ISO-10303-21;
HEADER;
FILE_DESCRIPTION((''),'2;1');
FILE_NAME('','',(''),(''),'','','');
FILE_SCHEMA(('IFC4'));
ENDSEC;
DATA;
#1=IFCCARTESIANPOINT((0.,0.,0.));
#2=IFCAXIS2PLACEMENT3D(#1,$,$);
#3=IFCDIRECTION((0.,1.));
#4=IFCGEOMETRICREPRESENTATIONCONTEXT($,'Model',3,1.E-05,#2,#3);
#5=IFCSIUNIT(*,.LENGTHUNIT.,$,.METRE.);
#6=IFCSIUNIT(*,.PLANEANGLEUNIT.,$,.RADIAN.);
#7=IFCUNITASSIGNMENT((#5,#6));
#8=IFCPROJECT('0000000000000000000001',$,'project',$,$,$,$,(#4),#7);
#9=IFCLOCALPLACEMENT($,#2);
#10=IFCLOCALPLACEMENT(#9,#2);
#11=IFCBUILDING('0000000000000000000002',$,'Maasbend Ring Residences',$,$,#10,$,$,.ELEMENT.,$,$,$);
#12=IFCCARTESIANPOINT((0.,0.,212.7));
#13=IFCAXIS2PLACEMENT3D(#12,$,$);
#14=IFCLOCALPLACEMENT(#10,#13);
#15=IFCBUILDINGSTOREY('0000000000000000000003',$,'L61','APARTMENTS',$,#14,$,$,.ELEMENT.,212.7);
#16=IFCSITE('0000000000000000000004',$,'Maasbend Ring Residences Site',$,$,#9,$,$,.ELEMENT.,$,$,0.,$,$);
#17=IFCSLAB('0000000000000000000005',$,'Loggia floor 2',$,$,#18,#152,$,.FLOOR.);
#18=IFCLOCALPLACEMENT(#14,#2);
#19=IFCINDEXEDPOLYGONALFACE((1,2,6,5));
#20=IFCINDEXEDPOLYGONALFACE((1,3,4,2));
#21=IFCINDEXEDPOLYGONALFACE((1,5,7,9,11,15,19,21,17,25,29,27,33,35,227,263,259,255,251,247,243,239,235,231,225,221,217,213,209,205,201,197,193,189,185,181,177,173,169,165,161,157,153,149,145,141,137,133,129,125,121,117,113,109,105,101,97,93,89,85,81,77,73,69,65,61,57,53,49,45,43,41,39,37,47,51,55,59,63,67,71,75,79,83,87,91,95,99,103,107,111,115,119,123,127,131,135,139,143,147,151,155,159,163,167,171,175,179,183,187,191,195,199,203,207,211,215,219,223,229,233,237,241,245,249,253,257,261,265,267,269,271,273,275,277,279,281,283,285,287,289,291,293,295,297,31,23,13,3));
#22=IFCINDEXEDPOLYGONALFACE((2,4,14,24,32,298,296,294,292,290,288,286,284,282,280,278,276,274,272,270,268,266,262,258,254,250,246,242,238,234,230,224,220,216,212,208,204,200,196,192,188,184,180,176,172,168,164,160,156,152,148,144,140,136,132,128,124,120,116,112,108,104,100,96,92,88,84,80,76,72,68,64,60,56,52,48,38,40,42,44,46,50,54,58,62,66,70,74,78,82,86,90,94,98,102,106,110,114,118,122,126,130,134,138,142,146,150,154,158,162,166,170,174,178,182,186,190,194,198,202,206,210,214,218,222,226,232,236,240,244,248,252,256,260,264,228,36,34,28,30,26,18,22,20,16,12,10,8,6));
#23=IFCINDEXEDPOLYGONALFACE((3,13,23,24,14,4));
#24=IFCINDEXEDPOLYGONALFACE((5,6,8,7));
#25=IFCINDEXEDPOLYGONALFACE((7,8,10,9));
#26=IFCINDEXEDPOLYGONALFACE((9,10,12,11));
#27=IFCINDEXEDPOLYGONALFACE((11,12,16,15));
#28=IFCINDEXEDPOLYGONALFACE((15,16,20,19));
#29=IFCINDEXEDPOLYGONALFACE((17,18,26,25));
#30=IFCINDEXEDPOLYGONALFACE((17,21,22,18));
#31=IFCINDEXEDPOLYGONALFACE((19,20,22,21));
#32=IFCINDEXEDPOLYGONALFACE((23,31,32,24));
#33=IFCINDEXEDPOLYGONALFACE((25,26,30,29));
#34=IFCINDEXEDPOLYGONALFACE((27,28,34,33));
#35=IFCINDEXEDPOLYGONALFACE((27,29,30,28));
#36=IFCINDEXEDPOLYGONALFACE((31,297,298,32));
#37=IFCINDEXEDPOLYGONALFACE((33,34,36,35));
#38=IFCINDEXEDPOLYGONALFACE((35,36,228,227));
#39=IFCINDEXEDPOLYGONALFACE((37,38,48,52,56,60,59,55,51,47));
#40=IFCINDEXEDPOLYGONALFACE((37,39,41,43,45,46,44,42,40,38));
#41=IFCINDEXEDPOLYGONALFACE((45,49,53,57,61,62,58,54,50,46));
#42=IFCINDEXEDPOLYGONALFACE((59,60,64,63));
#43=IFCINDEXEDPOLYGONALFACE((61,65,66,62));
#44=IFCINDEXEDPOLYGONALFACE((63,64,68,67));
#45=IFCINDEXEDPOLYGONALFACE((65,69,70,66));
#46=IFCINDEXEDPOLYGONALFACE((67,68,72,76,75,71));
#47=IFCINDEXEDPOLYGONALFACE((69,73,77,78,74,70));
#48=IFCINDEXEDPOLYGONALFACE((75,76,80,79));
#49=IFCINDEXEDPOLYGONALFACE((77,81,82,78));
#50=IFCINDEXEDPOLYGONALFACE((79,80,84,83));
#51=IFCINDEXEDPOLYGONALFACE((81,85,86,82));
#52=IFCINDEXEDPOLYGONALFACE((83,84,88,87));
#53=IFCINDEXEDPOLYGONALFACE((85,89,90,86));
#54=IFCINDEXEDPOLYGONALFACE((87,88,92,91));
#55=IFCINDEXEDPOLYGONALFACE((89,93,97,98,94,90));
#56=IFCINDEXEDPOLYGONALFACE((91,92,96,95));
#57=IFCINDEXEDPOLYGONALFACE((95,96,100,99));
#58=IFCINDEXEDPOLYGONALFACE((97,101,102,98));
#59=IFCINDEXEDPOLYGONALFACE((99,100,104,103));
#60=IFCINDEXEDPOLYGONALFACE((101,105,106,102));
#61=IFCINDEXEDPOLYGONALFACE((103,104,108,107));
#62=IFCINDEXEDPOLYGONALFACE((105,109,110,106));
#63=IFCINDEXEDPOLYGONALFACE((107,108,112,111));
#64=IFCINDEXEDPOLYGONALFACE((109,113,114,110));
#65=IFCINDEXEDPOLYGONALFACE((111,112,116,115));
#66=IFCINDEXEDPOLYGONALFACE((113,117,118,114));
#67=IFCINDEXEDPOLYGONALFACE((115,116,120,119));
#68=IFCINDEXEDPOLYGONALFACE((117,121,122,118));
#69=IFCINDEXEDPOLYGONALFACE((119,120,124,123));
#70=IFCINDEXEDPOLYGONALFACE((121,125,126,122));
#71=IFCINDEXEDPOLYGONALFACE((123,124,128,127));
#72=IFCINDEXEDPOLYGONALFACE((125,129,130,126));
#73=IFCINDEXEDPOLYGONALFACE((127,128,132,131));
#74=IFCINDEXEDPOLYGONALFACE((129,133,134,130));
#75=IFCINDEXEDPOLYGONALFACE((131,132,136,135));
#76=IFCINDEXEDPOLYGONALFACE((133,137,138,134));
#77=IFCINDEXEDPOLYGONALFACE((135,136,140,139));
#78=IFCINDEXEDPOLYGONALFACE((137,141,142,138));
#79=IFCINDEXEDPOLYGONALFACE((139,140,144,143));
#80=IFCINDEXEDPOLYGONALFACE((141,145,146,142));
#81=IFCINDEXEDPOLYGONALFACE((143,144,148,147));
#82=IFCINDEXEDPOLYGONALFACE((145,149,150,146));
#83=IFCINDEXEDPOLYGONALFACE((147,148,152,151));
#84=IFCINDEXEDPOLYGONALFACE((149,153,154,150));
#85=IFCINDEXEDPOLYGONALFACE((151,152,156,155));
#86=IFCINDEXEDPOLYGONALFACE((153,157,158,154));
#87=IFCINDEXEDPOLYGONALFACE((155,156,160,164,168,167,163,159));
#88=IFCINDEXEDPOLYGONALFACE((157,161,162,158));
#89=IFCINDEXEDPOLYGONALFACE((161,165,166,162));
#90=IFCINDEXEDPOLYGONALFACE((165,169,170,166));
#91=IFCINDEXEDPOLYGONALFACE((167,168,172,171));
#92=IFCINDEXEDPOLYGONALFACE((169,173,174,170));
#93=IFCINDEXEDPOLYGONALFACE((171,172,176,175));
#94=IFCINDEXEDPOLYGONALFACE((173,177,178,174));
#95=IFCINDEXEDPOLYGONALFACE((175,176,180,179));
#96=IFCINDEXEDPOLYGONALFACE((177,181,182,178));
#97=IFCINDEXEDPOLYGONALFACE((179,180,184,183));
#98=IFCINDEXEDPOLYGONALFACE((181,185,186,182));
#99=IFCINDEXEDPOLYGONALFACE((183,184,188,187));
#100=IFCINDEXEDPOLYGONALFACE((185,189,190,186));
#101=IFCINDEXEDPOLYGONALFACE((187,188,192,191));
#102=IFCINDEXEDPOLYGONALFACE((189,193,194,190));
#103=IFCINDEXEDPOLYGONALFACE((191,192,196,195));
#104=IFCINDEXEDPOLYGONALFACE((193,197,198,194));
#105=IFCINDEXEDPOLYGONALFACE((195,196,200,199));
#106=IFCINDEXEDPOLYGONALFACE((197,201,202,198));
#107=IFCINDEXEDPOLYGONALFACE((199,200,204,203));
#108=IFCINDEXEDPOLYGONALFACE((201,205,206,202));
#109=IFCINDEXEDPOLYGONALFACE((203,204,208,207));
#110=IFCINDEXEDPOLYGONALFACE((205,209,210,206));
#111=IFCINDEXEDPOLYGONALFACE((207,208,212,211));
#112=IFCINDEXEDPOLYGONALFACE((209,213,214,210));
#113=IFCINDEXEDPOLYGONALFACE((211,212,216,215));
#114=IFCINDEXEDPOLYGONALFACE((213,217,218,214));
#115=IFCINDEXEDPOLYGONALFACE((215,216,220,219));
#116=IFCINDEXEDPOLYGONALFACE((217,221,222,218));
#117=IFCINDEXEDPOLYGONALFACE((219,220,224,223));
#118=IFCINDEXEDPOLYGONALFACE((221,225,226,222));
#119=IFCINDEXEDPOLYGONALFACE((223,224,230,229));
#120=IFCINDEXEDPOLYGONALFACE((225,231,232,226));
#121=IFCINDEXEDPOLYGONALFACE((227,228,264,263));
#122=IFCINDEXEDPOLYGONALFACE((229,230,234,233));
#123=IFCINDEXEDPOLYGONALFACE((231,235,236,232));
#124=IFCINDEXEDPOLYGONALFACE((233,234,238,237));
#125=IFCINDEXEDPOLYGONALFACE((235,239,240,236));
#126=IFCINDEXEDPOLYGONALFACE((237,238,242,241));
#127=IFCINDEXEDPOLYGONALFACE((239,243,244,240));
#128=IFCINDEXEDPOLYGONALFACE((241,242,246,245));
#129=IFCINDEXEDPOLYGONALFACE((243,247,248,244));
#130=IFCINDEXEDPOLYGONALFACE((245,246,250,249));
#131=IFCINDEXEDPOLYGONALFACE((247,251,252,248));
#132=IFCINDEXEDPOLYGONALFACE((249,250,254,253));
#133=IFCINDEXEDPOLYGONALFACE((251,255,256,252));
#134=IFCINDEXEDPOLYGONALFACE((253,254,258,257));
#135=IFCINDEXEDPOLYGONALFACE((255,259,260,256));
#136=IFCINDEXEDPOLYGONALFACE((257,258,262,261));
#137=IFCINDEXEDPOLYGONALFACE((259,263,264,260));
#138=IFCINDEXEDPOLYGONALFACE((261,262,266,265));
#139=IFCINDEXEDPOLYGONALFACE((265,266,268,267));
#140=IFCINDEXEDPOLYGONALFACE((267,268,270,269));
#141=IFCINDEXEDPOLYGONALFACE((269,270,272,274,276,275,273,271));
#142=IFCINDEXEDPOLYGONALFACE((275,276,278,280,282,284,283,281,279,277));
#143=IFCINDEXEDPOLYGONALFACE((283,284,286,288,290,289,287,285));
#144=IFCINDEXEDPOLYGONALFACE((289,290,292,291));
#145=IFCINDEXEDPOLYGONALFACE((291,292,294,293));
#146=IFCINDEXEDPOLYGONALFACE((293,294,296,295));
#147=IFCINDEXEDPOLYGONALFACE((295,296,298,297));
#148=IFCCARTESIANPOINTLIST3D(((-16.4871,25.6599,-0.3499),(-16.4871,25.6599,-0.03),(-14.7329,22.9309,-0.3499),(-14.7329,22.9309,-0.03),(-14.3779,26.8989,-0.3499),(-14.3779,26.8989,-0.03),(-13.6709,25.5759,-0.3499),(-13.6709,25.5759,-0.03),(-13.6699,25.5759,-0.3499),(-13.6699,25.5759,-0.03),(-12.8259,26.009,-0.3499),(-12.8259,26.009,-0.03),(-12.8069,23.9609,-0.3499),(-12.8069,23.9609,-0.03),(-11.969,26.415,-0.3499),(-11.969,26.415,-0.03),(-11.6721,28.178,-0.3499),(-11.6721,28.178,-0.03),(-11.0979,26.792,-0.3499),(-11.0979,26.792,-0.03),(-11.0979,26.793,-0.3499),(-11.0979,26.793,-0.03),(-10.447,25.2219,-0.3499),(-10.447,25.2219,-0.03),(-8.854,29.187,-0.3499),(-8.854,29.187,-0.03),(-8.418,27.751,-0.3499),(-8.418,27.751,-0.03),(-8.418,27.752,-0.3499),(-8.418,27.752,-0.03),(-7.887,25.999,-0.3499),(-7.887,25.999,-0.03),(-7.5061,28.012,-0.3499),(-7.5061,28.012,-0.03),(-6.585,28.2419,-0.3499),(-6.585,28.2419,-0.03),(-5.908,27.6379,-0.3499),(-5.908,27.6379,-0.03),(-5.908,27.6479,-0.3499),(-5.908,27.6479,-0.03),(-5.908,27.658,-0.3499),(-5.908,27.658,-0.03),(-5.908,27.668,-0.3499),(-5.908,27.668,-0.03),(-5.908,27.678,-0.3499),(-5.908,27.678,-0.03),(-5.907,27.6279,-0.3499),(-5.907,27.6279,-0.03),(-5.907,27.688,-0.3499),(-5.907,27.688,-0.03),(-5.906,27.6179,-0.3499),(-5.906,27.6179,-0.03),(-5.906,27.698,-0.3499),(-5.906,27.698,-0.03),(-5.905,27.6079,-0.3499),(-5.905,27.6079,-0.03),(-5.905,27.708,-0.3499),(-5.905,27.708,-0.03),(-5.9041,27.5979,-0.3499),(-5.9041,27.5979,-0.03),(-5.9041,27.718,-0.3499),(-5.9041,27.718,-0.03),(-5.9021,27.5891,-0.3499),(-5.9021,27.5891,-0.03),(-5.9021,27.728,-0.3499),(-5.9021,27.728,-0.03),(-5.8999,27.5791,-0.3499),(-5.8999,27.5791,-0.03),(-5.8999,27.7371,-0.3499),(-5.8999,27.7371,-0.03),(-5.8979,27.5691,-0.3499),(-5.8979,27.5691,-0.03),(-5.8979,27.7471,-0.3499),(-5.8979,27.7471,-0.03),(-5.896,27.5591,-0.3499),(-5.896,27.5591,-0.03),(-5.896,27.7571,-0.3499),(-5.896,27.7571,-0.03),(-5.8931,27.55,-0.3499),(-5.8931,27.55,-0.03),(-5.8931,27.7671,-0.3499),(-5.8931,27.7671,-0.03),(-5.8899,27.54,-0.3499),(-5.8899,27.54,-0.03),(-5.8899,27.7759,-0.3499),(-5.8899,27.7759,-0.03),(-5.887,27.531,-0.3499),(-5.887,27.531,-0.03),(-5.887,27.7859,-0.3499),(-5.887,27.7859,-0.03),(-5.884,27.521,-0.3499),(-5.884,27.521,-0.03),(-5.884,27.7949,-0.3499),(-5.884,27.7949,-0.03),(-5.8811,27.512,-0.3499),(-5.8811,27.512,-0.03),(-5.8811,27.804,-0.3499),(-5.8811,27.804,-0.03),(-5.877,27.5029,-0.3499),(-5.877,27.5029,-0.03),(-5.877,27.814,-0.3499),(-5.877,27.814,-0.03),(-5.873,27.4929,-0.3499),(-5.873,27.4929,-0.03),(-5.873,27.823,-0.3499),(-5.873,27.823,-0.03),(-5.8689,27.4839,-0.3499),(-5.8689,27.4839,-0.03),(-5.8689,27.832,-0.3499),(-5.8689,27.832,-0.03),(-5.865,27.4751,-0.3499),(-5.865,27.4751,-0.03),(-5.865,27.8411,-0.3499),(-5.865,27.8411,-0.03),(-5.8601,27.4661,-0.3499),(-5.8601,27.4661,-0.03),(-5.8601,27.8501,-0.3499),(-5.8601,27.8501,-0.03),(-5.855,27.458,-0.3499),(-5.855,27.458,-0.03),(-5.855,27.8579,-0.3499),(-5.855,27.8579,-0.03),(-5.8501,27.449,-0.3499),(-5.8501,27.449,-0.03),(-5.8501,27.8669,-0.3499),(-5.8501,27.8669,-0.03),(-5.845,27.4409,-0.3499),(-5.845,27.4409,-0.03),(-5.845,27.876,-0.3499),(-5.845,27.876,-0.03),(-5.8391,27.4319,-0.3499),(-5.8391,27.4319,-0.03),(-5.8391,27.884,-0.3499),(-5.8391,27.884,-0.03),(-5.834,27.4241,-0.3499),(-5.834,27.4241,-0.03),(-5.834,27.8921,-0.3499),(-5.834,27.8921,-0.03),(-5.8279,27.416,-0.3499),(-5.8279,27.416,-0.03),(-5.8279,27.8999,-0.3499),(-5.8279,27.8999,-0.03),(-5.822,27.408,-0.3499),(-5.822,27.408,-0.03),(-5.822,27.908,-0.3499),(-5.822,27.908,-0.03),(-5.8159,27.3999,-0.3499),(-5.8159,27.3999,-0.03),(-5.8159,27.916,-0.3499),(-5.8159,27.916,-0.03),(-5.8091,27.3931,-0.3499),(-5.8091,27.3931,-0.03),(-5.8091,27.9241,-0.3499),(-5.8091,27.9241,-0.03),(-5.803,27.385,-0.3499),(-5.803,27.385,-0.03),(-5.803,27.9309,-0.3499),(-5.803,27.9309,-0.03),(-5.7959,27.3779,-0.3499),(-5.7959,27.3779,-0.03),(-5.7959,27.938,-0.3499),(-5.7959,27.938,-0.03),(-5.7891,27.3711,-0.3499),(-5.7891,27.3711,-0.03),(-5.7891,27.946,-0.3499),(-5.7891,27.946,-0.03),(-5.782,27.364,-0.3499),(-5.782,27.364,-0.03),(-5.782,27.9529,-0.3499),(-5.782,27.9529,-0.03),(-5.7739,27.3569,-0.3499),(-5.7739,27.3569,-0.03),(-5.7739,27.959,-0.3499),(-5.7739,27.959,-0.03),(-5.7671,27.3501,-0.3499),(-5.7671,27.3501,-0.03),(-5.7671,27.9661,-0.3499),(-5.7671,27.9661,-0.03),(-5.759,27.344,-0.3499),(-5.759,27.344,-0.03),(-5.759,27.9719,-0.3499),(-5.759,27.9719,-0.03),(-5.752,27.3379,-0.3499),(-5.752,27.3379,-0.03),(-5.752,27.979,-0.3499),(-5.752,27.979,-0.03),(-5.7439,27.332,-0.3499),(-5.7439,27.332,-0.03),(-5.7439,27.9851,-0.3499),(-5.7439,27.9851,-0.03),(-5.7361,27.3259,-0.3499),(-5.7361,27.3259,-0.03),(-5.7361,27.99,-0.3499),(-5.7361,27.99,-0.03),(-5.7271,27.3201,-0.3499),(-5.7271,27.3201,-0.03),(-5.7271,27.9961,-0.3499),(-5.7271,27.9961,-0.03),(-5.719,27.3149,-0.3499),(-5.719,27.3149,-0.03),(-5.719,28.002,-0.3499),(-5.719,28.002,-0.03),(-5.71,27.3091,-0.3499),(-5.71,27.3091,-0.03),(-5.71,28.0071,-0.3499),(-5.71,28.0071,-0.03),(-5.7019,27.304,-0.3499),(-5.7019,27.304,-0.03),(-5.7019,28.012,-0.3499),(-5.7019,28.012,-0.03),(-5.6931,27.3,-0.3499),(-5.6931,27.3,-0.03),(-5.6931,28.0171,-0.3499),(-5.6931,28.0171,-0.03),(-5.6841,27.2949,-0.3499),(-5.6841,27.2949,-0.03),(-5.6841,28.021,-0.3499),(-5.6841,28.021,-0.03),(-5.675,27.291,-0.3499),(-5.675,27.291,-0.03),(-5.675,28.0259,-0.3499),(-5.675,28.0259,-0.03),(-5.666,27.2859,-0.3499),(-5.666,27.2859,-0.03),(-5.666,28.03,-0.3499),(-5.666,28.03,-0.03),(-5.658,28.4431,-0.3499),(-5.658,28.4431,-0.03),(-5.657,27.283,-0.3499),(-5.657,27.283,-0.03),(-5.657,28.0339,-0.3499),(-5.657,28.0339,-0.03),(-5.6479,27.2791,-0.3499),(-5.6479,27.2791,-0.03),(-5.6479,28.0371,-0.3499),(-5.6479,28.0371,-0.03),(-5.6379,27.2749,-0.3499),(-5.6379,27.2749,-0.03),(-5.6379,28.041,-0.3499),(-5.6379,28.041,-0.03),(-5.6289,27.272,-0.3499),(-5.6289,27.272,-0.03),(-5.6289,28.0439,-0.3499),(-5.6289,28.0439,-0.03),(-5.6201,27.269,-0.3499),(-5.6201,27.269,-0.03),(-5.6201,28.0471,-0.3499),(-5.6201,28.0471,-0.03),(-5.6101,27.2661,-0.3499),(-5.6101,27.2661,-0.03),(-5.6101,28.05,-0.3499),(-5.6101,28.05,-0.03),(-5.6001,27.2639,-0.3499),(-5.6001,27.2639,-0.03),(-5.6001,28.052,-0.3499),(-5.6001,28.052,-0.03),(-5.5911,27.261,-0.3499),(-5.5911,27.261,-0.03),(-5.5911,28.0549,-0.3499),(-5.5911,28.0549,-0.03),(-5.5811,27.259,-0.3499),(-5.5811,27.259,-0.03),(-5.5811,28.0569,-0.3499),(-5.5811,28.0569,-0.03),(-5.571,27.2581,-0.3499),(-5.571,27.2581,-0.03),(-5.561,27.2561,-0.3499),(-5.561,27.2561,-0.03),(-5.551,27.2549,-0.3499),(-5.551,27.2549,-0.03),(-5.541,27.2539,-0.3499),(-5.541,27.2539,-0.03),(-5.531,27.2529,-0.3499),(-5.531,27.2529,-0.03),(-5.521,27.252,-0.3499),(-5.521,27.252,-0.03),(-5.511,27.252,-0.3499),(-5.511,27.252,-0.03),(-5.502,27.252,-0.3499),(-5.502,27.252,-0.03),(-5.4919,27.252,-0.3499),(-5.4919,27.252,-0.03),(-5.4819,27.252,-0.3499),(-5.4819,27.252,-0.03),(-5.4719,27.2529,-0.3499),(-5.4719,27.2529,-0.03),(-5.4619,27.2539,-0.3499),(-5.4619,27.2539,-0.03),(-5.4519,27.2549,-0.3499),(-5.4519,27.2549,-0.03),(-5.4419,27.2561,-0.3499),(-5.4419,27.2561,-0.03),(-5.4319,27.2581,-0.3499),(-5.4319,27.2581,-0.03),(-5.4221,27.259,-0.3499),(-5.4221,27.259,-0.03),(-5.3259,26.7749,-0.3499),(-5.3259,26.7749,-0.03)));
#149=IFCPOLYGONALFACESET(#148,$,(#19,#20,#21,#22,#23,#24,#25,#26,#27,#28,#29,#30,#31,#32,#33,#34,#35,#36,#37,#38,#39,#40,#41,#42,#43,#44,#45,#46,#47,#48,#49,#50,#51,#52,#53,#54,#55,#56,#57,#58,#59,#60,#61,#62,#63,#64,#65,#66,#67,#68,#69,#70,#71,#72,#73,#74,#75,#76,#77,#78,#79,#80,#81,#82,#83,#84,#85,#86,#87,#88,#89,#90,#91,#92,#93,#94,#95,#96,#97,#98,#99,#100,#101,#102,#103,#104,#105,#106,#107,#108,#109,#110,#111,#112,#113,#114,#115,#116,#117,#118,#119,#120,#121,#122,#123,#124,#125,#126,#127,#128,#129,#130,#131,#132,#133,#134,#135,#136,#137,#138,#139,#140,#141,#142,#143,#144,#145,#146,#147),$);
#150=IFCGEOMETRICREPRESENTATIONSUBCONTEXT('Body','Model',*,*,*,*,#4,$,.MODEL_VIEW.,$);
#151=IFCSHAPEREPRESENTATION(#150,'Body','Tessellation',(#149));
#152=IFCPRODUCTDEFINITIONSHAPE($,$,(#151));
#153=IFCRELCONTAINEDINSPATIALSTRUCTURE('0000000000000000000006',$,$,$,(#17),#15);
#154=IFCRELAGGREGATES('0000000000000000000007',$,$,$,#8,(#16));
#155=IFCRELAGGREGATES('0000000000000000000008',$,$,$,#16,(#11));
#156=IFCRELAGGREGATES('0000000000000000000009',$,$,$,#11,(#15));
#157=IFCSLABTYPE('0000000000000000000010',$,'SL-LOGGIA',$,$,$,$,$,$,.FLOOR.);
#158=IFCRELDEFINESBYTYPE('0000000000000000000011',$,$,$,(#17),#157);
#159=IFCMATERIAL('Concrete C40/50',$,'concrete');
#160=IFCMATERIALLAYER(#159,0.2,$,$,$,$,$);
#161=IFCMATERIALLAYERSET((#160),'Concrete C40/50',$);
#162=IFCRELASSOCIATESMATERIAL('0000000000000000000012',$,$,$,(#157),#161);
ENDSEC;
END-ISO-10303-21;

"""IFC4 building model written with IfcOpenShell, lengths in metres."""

from ifc_helpers import new_model, si_unit, direction, frame, origin, place, context, subcontext, project, spatial, polyline, outline, extrude, material, layer, layer_set, type_object, element, save


model = new_model("IFC4")

# Units and contexts
model_context = context("Model", 3, precision=1e-05, world=origin(), true_north=direction((0.0, 1.0)))
body_context = subcontext(model_context, "Body", "Model", "MODEL_VIEW")
ifc_project = project(units=[si_unit("LENGTHUNIT", "METRE"), si_unit("PLANEANGLEUNIT", "RADIAN")], contexts=[model_context])

# Site, building, storey
site_placement = place(None, origin())
site = spatial("IfcSite", under=ifc_project, at=site_placement, Name="Maasbend Ring Residences Site", CompositionType="ELEMENT", RefElevation=0.0)
building_placement = place(site_placement, origin())
building = spatial("IfcBuilding", under=site, at=building_placement, Name="Maasbend Ring Residences", CompositionType="ELEMENT")
storey_placement = place(building_placement, frame((0.0, 0.0, 212.7)))
storey = spatial("IfcBuildingStorey", under=building, at=storey_placement, Name="L61", Description="APARTMENTS", CompositionType="ELEMENT", Elevation=212.7)

# Slab
ifc_material_1 = material(Name="Concrete C40/50", Category="concrete")
ifc_layer_1 = layer(ifc_material_1, 0.2)
ifc_layer_set_1 = layer_set([ifc_layer_1], Name="Concrete C40/50")
slab_type_1 = type_object("IfcSlabType", Name="SL-LOGGIA", PredefinedType="FLOOR", material=ifc_layer_set_1)
slab_1_placement = place(storey_placement, frame((0.0, 0.0, -0.3499)))
element("IfcSlab", 1, at=slab_1_placement, inside=storey, type_object=slab_type_1, Name="Loggia floor 2", PredefinedType="FLOOR", context=body_context, shape_type="SweptSolid", body=[
    extrude(outline(polyline([(-13.6709, 25.5759), (-13.6709, 25.5759), (-13.6709, 25.5759), (-13.6709, 25.5759), (-13.6709, 25.5759), (-13.6709, 25.5759), (-13.6709, 25.5759), (-13.6699, 25.5759), (-13.6699, 25.5759), (-13.6699, 25.5759), (-13.6699, 25.5759), (-13.6699, 25.5759), (-13.6699, 25.5759), (-13.6699, 25.5759), (-13.6699, 25.5759), (-13.6699, 25.5759), (-13.6699, 25.5759), (-12.8259, 26.009), (-12.8259, 26.009), (-11.969, 26.415), (-11.969, 26.415), (-11.0979, 26.792), (-11.0979, 26.792), (-11.0979, 26.792), (-11.0979, 26.792), (-11.0979, 26.792), (-11.0979, 26.792), (-11.0979, 26.792), (-11.0979, 26.793), (-11.0979, 26.793), (-11.0979, 26.793), (-11.0979, 26.793), (-11.0979, 26.793), (-11.0979, 26.793), (-11.0979, 26.793), (-11.0979, 26.793), (-11.0979, 26.793), (-11.0979, 26.793), (-11.6721, 28.178), (-11.6721, 28.178), (-11.6721, 28.178), (-8.854, 29.187), (-8.854, 29.187), (-8.854, 29.187), (-8.418, 27.752), (-8.418, 27.752), (-8.418, 27.752), (-8.418, 27.752), (-8.418, 27.752), (-8.418, 27.752), (-8.418, 27.752), (-8.418, 27.751), (-8.418, 27.751), (-8.418, 27.751), (-8.418, 27.751), (-8.418, 27.751), (-8.418, 27.751), (-8.418, 27.751), (-8.418, 27.751), (-8.418, 27.751), (-8.418, 27.751), (-7.5061, 28.012), (-7.5061, 28.012), (-6.585, 28.2419), (-6.585, 28.2419), (-5.658, 28.4431), (-5.658, 28.4431), (-5.658, 28.4431), (-5.5811, 28.0569), (-5.5911, 28.0549), (-5.6001, 28.052), (-5.6101, 28.05), (-5.6201, 28.0471), (-5.6289, 28.0439), (-5.6379, 28.041), (-5.6479, 28.0371), (-5.657, 28.0339), (-5.666, 28.03), (-5.675, 28.0259), (-5.6841, 28.021), (-5.6931, 28.0171), (-5.7019, 28.012), (-5.71, 28.0071), (-5.719, 28.002), (-5.7271, 27.9961), (-5.7361, 27.99), (-5.7439, 27.9851), (-5.752, 27.979), (-5.759, 27.9719), (-5.7671, 27.9661), (-5.7739, 27.959), (-5.782, 27.9529), (-5.7891, 27.946), (-5.7959, 27.938), (-5.803, 27.9309), (-5.8091, 27.9241), (-5.8159, 27.916), (-5.822, 27.908), (-5.8279, 27.8999), (-5.834, 27.8921), (-5.8391, 27.884), (-5.845, 27.876), (-5.8501, 27.8669), (-5.855, 27.8579), (-5.8601, 27.8501), (-5.865, 27.8411), (-5.8689, 27.832), (-5.873, 27.823), (-5.877, 27.814), (-5.8811, 27.804), (-5.884, 27.7949), (-5.887, 27.7859), (-5.8899, 27.7759), (-5.8931, 27.7671), (-5.896, 27.7571), (-5.8979, 27.7471), (-5.8999, 27.7371), (-5.9021, 27.728), (-5.9041, 27.718), (-5.905, 27.708), (-5.906, 27.698), (-5.907, 27.688), (-5.908, 27.678), (-5.908, 27.668), (-5.908, 27.658), (-5.908, 27.6479), (-5.908, 27.6379), (-5.907, 27.6279), (-5.906, 27.6179), (-5.905, 27.6079), (-5.9041, 27.5979), (-5.9021, 27.5891), (-5.8999, 27.5791), (-5.8979, 27.5691), (-5.896, 27.5591), (-5.8931, 27.55), (-5.8899, 27.54), (-5.887, 27.531), (-5.884, 27.521), (-5.8811, 27.512), (-5.877, 27.5029), (-5.873, 27.4929), (-5.8689, 27.4839), (-5.865, 27.4751), (-5.8601, 27.4661), (-5.855, 27.458), (-5.8501, 27.449), (-5.845, 27.4409), (-5.8391, 27.4319), (-5.834, 27.4241), (-5.8279, 27.416), (-5.822, 27.408), (-5.8159, 27.3999), (-5.8091, 27.3931), (-5.803, 27.385), (-5.7959, 27.3779), (-5.7891, 27.3711), (-5.782, 27.364), (-5.7739, 27.3569), (-5.7671, 27.3501), (-5.759, 27.344), (-5.752, 27.3379), (-5.7439, 27.332), (-5.7361, 27.3259), (-5.7271, 27.3201), (-5.719, 27.3149), (-5.71, 27.3091), (-5.7019, 27.304), (-5.6931, 27.3), (-5.6841, 27.2949), (-5.675, 27.291), (-5.666, 27.2859), (-5.657, 27.283), (-5.6479, 27.2791), (-5.6379, 27.2749), (-5.6289, 27.272), (-5.6201, 27.269), (-5.6101, 27.2661), (-5.6001, 27.2639), (-5.5911, 27.261), (-5.5811, 27.259), (-5.571, 27.2581), (-5.561, 27.2561), (-5.551, 27.2549), (-5.541, 27.2539), (-5.531, 27.2529), (-5.521, 27.252), (-5.511, 27.252), (-5.502, 27.252), (-5.4919, 27.252), (-5.4819, 27.252), (-5.4719, 27.2529), (-5.4619, 27.2539), (-5.4519, 27.2549), (-5.4419, 27.2561), (-5.4319, 27.2581), (-5.4221, 27.259), (-5.3259, 26.7749), (-5.3259, 26.7749), (-5.3259, 26.7749), (-7.887, 25.999), (-10.447, 25.2219), (-10.447, 25.2219), (-10.447, 25.2219), (-12.8069, 23.9609), (-14.7329, 22.9309), (-14.7329, 22.9309), (-14.7329, 22.9309), (-16.4871, 25.6599), (-16.4871, 25.6599), (-16.4871, 25.6599), (-14.3779, 26.8989), (-14.3779, 26.8989), (-14.3779, 26.8989), (-13.6709, 25.5759)])), origin(), (0.0, 0.0, 1.0), 0.3198),
])

save(model, "model.ifc")
